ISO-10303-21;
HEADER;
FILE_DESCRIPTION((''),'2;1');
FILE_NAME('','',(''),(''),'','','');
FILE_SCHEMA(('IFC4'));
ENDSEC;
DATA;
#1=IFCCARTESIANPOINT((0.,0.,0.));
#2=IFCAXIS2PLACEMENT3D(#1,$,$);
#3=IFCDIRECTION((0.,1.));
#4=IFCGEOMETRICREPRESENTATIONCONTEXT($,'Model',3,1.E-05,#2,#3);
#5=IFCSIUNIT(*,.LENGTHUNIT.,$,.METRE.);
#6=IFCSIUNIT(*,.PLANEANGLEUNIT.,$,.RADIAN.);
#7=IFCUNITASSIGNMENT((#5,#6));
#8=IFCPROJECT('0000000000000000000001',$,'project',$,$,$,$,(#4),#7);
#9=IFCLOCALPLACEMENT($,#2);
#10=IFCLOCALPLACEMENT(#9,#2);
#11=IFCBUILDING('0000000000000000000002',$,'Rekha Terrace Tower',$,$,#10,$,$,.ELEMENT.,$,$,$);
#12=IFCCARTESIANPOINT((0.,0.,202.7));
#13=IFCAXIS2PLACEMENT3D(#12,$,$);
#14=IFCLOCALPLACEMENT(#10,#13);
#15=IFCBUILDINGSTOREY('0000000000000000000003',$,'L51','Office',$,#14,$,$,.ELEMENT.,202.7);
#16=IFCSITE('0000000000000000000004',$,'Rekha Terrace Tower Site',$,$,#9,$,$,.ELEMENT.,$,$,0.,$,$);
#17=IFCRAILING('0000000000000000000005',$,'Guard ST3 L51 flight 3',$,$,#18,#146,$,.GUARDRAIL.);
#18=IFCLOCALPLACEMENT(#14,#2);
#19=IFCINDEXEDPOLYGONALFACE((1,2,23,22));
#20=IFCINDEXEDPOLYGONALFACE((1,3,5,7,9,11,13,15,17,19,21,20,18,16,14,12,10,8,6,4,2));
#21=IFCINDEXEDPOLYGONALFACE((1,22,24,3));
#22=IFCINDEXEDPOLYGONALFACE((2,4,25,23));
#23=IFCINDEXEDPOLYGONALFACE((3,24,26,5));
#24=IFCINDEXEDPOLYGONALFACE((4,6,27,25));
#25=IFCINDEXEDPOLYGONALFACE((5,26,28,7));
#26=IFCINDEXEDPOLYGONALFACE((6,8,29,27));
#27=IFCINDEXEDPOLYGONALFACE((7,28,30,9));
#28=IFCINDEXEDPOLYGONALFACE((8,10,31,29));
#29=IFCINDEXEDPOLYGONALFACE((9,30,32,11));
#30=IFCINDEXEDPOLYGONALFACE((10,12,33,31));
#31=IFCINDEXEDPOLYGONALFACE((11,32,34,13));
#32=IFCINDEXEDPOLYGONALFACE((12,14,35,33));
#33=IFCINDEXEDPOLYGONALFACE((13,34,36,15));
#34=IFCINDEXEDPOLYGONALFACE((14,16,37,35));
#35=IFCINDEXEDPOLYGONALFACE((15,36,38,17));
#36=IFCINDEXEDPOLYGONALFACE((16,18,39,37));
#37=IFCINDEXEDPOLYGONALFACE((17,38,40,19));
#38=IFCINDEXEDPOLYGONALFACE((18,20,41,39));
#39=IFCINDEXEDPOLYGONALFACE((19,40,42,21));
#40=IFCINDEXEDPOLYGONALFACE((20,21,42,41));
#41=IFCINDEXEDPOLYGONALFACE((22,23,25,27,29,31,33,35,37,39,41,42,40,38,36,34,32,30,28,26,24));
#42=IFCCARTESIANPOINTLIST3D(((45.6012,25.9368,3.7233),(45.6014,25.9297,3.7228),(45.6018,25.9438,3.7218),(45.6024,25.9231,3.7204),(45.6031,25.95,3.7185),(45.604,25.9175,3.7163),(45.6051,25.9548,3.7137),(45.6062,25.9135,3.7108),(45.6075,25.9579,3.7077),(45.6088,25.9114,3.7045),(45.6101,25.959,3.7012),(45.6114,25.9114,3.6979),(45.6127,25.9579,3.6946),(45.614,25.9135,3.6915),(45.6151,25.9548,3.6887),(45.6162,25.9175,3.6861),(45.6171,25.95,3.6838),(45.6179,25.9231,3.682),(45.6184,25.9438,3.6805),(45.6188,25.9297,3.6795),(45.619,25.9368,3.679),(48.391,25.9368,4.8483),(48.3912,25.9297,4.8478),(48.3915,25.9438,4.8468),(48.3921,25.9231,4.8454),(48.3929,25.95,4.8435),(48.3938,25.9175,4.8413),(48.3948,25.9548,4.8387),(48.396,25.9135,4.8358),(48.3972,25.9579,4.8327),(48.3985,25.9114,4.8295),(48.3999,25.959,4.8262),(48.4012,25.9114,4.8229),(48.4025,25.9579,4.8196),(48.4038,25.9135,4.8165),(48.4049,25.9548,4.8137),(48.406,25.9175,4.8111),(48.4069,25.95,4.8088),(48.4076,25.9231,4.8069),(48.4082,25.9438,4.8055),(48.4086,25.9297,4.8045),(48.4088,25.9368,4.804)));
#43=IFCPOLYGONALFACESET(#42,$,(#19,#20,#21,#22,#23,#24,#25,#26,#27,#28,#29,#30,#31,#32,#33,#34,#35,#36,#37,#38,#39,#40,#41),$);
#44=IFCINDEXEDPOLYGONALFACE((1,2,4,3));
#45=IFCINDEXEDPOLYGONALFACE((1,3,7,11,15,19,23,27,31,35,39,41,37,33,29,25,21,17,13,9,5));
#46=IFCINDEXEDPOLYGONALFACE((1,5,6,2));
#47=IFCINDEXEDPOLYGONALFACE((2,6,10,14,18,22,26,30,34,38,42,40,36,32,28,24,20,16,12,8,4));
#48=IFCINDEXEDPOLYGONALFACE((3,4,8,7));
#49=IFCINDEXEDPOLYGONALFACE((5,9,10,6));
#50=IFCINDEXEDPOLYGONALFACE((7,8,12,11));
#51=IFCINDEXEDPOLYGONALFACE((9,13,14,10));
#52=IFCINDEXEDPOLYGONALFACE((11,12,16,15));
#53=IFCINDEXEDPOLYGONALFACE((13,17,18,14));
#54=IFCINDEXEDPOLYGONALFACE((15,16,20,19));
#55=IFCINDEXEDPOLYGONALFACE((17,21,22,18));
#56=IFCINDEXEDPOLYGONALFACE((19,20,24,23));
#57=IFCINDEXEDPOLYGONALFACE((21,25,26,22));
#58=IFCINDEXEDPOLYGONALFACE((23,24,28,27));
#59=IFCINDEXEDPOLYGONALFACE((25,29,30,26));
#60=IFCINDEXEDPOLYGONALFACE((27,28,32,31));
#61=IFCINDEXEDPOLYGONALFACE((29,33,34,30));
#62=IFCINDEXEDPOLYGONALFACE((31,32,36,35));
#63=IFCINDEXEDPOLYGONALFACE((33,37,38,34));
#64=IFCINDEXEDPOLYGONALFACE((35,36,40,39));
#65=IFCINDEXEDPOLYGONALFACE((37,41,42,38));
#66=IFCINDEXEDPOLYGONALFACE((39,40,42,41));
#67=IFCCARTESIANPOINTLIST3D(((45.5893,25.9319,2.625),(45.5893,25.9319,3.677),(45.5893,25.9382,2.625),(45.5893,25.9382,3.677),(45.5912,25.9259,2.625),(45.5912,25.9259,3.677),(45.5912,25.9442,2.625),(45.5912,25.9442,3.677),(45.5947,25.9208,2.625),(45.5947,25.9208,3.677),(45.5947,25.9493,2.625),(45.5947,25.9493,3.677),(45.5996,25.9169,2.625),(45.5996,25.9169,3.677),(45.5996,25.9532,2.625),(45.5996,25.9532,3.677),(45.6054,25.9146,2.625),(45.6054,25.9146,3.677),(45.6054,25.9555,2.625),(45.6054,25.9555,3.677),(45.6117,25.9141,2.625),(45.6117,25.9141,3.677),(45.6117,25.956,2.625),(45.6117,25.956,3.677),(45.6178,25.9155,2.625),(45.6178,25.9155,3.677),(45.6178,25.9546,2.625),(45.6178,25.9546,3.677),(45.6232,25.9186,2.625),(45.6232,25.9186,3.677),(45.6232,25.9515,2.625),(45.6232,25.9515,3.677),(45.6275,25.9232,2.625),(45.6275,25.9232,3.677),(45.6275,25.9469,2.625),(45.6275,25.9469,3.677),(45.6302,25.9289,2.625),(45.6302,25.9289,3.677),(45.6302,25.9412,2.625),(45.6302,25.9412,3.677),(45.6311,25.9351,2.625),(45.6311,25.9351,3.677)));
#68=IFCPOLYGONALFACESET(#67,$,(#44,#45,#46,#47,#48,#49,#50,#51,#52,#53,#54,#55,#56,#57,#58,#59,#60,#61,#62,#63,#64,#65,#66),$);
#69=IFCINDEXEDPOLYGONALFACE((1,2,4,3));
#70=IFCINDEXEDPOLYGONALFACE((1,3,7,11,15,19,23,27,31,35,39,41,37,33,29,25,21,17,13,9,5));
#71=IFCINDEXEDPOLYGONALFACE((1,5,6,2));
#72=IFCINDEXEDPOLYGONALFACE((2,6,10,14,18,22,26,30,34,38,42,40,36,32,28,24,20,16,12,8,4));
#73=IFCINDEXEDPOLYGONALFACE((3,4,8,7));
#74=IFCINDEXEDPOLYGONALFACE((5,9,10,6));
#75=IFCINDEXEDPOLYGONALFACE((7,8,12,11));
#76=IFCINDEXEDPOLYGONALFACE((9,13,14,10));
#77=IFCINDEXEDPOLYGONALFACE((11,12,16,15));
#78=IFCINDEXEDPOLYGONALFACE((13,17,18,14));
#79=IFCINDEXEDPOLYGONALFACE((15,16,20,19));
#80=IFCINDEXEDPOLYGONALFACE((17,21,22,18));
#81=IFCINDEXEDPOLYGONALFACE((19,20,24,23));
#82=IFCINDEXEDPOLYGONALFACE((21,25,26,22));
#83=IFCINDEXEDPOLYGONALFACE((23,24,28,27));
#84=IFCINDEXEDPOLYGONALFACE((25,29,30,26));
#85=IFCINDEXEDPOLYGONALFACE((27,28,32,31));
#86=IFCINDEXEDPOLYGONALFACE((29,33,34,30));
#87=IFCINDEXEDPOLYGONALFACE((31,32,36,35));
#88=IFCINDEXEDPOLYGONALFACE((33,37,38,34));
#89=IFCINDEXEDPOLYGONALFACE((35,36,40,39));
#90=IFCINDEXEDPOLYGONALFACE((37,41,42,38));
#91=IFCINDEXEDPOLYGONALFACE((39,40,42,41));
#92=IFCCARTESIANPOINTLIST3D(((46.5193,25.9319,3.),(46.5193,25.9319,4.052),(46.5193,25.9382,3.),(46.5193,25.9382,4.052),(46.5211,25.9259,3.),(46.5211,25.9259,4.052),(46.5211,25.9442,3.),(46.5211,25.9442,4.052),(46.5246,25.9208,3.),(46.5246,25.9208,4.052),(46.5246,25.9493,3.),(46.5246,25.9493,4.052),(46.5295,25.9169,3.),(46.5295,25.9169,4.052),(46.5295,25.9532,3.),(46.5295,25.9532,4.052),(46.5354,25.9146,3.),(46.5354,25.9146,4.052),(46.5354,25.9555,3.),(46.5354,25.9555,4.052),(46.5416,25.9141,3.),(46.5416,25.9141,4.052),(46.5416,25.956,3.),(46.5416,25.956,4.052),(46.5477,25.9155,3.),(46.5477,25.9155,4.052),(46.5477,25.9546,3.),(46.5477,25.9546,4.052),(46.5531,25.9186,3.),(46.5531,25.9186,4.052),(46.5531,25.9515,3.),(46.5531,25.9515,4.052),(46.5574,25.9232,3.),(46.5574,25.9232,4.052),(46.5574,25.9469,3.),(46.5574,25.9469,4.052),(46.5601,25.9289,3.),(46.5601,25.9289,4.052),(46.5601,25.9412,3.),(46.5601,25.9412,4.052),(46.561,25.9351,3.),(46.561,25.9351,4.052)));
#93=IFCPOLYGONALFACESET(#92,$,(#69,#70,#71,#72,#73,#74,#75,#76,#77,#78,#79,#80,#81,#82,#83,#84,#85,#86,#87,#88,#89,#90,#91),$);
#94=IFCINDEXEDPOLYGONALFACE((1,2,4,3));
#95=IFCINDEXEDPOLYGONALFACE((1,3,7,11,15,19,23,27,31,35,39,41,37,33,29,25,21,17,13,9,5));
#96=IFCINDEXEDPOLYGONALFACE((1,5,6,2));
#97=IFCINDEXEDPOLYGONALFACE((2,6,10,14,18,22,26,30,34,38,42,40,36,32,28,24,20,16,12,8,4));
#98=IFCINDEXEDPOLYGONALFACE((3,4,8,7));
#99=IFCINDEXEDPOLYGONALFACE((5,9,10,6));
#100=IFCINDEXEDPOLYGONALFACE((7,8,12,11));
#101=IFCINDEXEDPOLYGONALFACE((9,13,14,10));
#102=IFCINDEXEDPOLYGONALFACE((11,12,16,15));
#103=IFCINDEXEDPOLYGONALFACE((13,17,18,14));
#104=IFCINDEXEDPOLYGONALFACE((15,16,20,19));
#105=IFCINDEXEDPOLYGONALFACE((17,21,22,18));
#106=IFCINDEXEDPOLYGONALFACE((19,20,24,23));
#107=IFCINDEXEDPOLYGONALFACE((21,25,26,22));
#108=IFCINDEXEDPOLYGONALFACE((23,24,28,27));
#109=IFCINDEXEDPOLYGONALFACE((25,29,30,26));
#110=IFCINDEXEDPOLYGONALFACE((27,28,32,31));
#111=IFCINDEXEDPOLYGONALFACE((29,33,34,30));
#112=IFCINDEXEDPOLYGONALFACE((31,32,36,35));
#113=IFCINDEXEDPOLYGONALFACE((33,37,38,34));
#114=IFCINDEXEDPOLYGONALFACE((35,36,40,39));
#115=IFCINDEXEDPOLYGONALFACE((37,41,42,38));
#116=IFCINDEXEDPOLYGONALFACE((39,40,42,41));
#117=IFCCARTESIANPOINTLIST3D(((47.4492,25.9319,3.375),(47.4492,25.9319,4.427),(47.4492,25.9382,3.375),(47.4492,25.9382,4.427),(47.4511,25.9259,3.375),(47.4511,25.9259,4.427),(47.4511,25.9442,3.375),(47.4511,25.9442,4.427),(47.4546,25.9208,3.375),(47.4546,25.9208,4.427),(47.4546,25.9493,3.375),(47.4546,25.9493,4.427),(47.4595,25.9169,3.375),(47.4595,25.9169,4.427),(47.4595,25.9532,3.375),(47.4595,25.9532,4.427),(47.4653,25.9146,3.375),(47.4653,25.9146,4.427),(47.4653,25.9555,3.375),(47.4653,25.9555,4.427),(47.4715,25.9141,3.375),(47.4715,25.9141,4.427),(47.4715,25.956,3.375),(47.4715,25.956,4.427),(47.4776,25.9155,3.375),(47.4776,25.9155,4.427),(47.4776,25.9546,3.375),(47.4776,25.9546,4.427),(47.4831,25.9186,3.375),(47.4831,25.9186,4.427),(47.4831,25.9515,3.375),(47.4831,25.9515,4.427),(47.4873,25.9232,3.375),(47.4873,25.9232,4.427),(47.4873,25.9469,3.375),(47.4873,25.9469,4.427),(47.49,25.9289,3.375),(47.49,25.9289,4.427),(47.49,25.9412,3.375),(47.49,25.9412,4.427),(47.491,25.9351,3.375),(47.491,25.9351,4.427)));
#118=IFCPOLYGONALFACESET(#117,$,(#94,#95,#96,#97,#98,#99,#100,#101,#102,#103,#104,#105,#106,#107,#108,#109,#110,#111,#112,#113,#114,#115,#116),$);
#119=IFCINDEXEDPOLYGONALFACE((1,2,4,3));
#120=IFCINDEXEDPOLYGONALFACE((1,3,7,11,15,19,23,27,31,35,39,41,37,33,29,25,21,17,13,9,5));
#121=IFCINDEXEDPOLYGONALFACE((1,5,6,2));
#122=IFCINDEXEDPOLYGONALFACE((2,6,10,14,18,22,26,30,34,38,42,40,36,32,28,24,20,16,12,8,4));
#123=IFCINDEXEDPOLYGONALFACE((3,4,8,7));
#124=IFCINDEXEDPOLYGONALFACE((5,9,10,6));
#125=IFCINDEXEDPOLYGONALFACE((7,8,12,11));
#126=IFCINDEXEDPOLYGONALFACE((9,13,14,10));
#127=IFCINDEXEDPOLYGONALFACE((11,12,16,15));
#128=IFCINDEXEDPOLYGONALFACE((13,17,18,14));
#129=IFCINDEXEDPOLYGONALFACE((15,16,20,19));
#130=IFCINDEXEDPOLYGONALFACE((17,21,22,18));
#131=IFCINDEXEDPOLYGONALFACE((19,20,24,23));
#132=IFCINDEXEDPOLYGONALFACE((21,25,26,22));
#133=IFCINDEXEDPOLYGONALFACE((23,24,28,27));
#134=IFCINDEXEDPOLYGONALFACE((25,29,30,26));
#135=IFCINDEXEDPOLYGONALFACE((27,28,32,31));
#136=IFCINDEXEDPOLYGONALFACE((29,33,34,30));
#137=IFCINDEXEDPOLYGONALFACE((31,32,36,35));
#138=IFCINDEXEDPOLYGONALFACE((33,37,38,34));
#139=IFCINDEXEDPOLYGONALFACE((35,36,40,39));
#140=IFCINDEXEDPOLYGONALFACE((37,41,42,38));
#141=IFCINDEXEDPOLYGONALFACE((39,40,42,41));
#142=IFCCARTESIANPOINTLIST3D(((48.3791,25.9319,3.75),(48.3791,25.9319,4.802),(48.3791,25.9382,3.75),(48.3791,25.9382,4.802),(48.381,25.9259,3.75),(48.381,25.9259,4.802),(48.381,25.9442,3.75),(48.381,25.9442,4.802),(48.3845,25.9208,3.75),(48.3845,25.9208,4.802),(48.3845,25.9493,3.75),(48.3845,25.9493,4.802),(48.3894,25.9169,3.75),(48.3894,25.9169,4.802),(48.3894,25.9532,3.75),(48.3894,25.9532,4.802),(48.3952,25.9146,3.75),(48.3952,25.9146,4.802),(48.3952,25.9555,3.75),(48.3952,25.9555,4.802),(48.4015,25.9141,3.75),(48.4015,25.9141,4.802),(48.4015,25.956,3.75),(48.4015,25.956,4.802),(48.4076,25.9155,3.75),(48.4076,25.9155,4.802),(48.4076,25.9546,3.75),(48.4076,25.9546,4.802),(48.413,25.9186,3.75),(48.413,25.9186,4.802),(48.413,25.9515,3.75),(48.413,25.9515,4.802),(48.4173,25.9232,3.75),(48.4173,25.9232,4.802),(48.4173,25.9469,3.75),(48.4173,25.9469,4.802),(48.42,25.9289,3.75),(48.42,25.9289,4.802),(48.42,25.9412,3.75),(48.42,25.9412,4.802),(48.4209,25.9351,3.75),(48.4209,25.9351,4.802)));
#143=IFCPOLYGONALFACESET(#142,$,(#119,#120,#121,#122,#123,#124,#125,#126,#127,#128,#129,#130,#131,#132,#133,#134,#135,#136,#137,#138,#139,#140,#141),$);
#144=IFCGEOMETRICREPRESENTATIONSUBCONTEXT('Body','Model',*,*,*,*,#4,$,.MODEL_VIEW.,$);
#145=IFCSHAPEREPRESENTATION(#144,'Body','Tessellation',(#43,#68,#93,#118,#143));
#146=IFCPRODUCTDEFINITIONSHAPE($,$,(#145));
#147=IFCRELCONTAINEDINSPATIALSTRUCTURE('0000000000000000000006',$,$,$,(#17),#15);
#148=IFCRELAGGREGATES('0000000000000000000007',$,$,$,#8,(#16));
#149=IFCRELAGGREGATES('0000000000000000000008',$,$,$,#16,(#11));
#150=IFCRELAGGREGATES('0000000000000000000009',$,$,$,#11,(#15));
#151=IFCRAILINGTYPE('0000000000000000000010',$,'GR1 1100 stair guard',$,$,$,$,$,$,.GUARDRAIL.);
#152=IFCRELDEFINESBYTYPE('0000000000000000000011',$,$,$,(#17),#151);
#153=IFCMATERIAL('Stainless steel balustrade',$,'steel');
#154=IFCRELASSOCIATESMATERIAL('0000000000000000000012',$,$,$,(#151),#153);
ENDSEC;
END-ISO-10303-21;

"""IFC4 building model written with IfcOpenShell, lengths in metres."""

from ifc_helpers import new_model, si_unit, direction, frame, origin, origin_2d, place, context, subcontext, project, spatial, circle, extrude, material, type_object, element, save


model = new_model("IFC4")

# Units and contexts
model_context = context("Model", 3, precision=1e-05, world=origin(), true_north=direction((0.0, 1.0)))
body_context = subcontext(model_context, "Body", "Model", "MODEL_VIEW")
ifc_project = project(units=[si_unit("LENGTHUNIT", "METRE"), si_unit("PLANEANGLEUNIT", "RADIAN")], contexts=[model_context])

# Site, building, storey
site_placement = place(None, origin())
site = spatial("IfcSite", under=ifc_project, at=site_placement, Name="Rekha Terrace Tower Site", CompositionType="ELEMENT", RefElevation=0.0)
building_placement = place(site_placement, origin())
building = spatial("IfcBuilding", under=site, at=building_placement, Name="Rekha Terrace Tower", CompositionType="ELEMENT")
storey_placement = place(building_placement, frame((0.0, 0.0, 202.7)))
storey = spatial("IfcBuildingStorey", under=building, at=storey_placement, Name="L51", Description="Office", CompositionType="ELEMENT", Elevation=202.7)

# Railing
ifc_material_1 = material(Name="Stainless steel balustrade", Category="steel")
railing_type_1 = type_object("IfcRailingType", Name="GR1 1100 stair guard", PredefinedType="GUARDRAIL", material=ifc_material_1)
railing_1_placement = place(storey_placement, frame((45.6101, 25.9351, 2.625)))
element("IfcRailing", 1, at=railing_1_placement, inside=storey, type_object=railing_type_1, Name="Guard ST3 L51 flight 3", PredefinedType="GUARDRAIL", context=body_context, shape_type="SweptSolid", body=[
    extrude(circle(Radius=0.0239, at=origin_2d()), frame((0.0, 0.0, 1.0762), z_axis=(0.927432, 0.0, 0.373992), x_axis=(0.0, 1.0, 0.0)), (0.0, 0.0, 1.0), 3.0081),
    extrude(circle(Radius=0.021, at=origin_2d()), origin(), (0.0, 0.0, 1.0), 1.052),
    extrude(circle(Radius=0.021, at=origin_2d()), frame((0.9299, 0.0, 0.375)), (0.0, 0.0, 1.0), 1.052),
    extrude(circle(Radius=0.021, at=origin_2d()), frame((1.8599, 0.0, 0.75)), (0.0, 0.0, 1.0), 1.052),
    extrude(circle(Radius=0.021, at=origin_2d()), frame((2.7898, 0.0, 1.125)), (0.0, 0.0, 1.0), 1.052),
])

save(model, "model.ifc")
